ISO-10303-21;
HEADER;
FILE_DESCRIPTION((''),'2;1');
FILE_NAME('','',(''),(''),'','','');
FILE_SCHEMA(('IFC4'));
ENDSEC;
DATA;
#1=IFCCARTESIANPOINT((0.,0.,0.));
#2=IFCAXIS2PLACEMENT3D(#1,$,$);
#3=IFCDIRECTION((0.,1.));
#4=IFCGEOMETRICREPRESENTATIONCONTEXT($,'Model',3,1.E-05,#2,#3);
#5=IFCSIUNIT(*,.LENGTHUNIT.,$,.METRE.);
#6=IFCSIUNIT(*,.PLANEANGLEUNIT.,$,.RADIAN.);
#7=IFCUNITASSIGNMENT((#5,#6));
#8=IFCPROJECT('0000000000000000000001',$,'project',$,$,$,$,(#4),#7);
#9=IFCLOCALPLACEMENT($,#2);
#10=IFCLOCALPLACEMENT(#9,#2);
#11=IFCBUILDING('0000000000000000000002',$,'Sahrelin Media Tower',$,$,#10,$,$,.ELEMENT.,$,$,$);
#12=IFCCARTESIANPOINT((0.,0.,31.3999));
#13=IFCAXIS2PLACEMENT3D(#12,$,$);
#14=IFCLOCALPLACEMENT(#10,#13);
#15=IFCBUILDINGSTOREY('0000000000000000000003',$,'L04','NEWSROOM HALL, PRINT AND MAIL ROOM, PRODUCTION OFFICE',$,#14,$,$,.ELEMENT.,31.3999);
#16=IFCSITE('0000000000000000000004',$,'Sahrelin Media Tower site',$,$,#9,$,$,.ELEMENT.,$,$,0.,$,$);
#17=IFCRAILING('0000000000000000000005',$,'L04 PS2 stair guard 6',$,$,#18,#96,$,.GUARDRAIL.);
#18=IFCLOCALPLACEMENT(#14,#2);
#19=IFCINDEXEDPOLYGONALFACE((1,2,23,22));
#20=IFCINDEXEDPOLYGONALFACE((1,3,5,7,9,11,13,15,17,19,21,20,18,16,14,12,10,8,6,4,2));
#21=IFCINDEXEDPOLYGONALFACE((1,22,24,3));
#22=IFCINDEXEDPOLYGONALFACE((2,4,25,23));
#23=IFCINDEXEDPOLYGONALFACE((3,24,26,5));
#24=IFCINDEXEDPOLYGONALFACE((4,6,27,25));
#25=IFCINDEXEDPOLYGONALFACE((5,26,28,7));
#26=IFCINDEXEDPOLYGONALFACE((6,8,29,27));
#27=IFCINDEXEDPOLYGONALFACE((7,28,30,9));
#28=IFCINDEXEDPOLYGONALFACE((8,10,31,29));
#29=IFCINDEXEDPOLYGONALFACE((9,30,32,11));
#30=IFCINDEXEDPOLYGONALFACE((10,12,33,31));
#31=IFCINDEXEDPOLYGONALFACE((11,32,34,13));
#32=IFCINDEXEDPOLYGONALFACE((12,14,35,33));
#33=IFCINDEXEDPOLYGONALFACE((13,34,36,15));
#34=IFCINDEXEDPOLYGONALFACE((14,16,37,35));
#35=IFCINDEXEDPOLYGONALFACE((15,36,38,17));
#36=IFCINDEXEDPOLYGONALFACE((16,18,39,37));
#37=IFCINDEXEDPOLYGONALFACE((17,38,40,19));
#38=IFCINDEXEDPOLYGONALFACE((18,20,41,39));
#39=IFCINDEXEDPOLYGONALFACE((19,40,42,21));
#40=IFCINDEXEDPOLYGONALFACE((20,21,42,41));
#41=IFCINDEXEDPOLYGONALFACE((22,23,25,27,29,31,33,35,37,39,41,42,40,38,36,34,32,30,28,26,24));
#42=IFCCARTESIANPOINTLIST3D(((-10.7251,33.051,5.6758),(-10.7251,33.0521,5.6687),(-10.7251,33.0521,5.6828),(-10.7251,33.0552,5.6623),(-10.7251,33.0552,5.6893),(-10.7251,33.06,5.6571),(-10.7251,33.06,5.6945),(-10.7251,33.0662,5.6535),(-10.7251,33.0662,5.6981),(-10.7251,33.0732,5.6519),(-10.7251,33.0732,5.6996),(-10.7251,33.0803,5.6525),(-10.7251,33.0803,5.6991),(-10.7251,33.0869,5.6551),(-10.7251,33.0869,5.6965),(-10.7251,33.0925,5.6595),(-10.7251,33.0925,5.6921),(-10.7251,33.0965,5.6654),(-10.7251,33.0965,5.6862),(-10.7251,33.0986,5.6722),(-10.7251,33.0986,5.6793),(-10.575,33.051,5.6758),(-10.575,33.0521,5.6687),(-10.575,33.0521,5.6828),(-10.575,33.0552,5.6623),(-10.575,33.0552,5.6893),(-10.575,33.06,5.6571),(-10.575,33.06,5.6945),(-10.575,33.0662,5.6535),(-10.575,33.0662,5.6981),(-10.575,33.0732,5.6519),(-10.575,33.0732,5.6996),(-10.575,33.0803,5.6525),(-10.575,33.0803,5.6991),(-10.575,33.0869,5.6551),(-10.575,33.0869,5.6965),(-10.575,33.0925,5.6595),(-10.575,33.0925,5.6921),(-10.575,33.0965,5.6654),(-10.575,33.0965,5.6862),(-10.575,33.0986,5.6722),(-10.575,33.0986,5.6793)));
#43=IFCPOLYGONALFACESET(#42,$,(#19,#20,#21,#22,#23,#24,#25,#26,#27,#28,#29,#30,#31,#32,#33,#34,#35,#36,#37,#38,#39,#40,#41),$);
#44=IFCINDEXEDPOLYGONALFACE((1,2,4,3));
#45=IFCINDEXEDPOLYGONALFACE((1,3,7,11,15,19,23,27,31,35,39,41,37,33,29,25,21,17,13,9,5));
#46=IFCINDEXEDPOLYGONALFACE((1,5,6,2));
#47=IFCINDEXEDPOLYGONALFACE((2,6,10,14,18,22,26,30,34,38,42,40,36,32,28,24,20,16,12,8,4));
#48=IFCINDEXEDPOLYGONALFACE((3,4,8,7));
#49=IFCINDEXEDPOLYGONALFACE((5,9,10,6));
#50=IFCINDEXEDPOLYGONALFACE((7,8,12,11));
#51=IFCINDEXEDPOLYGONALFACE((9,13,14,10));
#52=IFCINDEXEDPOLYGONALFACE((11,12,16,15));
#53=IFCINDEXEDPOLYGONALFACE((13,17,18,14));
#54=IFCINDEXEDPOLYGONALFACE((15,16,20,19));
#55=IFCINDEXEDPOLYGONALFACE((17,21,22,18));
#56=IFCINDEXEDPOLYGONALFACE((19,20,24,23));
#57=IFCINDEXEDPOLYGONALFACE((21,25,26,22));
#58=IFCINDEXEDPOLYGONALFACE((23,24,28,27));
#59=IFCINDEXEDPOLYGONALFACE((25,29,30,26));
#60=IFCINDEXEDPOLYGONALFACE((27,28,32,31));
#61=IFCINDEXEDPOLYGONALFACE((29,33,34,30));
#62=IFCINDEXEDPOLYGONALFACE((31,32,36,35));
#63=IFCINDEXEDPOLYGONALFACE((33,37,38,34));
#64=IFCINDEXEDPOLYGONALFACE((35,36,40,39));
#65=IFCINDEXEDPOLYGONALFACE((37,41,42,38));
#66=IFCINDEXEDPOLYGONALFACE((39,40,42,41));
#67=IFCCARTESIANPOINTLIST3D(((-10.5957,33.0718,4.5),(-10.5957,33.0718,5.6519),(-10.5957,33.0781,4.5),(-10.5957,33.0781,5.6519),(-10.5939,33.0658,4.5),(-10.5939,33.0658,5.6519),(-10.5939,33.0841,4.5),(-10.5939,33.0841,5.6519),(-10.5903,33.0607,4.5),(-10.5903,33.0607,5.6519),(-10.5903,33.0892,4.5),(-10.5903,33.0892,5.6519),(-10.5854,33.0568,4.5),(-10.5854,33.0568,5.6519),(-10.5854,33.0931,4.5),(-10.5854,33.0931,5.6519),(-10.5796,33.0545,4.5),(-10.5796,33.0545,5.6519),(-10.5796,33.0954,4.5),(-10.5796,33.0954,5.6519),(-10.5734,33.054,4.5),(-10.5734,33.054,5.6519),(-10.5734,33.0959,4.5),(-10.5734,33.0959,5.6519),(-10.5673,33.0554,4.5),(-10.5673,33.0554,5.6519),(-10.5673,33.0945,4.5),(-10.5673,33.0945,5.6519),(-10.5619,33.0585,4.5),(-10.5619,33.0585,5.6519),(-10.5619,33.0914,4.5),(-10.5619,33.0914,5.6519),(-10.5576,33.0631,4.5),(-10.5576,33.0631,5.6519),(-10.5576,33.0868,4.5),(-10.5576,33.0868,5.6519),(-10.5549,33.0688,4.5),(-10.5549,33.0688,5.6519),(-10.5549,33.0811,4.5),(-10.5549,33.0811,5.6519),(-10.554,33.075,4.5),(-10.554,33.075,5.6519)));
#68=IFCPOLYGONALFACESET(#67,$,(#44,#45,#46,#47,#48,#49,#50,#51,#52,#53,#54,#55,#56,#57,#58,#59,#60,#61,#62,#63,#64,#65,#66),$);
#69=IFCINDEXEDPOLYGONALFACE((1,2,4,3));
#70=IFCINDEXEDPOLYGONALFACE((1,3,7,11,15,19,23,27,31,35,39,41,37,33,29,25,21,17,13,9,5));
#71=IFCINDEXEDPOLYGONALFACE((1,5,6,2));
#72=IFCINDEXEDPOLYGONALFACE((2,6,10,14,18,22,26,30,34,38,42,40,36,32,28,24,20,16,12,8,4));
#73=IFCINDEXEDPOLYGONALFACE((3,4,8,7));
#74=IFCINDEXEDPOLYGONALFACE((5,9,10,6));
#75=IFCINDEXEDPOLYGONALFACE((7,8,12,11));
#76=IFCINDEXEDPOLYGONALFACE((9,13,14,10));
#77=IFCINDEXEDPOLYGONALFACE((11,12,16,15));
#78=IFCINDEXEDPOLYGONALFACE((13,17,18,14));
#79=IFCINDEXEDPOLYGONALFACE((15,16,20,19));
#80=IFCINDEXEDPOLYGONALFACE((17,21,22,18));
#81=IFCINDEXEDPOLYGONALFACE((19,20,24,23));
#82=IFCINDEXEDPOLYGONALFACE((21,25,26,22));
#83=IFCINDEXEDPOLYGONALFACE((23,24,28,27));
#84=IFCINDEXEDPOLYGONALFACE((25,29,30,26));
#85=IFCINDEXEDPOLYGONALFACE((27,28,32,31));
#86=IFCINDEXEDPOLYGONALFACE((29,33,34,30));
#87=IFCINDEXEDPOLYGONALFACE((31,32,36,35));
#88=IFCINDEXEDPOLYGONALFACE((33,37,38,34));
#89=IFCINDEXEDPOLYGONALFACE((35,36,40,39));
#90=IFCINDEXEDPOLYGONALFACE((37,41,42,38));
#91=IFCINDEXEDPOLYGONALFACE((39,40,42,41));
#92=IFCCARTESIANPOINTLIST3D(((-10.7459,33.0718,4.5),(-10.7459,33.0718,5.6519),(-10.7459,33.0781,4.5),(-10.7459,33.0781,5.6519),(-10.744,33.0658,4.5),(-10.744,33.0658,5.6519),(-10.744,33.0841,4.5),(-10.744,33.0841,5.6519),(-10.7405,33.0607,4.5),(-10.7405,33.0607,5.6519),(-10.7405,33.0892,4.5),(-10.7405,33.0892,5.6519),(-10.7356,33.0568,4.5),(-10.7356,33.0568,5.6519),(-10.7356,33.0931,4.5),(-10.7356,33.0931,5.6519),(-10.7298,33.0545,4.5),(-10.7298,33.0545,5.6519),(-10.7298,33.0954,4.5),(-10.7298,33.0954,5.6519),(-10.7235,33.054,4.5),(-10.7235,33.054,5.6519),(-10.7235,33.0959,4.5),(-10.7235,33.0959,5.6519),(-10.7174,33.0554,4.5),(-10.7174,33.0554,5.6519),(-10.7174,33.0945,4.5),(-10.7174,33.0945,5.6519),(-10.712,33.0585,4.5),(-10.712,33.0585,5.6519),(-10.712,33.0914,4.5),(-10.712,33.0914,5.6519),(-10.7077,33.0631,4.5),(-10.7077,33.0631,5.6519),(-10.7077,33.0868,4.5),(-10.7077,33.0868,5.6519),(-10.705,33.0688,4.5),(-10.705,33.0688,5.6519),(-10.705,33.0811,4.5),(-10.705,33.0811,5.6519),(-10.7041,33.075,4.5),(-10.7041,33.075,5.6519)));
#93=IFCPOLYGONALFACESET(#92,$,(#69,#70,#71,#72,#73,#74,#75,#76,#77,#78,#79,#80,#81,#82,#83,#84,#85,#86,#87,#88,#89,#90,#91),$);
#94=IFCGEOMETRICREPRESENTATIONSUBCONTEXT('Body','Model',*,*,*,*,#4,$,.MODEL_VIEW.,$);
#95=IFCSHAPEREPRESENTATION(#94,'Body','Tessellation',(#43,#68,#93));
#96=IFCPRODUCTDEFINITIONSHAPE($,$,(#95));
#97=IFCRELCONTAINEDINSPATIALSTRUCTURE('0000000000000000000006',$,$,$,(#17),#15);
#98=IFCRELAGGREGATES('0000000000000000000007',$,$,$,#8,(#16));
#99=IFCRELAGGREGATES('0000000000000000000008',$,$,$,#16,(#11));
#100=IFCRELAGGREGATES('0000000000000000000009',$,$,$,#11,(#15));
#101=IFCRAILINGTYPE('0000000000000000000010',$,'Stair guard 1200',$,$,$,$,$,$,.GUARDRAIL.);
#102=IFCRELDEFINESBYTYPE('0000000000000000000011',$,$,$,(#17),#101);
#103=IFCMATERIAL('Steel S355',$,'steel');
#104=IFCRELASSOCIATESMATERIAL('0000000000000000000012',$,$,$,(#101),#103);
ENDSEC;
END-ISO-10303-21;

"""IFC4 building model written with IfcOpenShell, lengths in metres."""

from ifc_helpers import new_model, si_unit, direction, frame, origin, origin_2d, place, context, subcontext, project, spatial, circle, extrude, material, type_object, element, save


model = new_model("IFC4")

# Units and contexts
model_context = context("Model", 3, precision=1e-05, world=origin(), true_north=direction((0.0, 1.0)))
body_context = subcontext(model_context, "Body", "Model", "MODEL_VIEW")
ifc_project = project(units=[si_unit("LENGTHUNIT", "METRE"), si_unit("PLANEANGLEUNIT", "RADIAN")], contexts=[model_context])

# Site, building, storey
site_placement = place(None, origin())
site = spatial("IfcSite", under=ifc_project, at=site_placement, Name="Sahrelin Media Tower site", CompositionType="ELEMENT", RefElevation=0.0)
building_placement = place(site_placement, origin())
building = spatial("IfcBuilding", under=site, at=building_placement, Name="Sahrelin Media Tower", CompositionType="ELEMENT")
storey_placement = place(building_placement, frame((0.0, 0.0, 31.3999)))
storey = spatial("IfcBuildingStorey", under=building, at=storey_placement, Name="L04", Description="NEWSROOM HALL, PRINT AND MAIL ROOM, PRODUCTION OFFICE", CompositionType="ELEMENT", Elevation=31.3999)

# Shared definitions
ifc_material_1 = material(Name="Steel S355", Category="steel")

# Railing
railing_type_1 = type_object("IfcRailingType", Name="Stair guard 1200", PredefinedType="GUARDRAIL", material=ifc_material_1)
railing_1_placement = place(storey_placement, frame((-10.575, 33.075, 4.5)))
element("IfcRailing", 1, at=railing_1_placement, inside=storey, type_object=railing_type_1, Name="L04 PS2 stair guard 6", PredefinedType="GUARDRAIL", context=body_context, shape_type="SweptSolid", body=[
    extrude(circle(Radius=0.0239, at=origin_2d()), frame((0.0, 0.0, 1.1758), z_axis=(-1.0, 0.0, 0.0), x_axis=(0.0, -1.0, 0.0)), (0.0, 0.0, 1.0), 0.1501),
    extrude(circle(Radius=0.021, at=origin_2d()), origin(), (0.0, 0.0, 1.0), 1.1519),
    extrude(circle(Radius=0.021, at=origin_2d()), frame((-0.1501, 0.0, 0.0)), (0.0, 0.0, 1.0), 1.1519),
])

save(model, "model.ifc")
